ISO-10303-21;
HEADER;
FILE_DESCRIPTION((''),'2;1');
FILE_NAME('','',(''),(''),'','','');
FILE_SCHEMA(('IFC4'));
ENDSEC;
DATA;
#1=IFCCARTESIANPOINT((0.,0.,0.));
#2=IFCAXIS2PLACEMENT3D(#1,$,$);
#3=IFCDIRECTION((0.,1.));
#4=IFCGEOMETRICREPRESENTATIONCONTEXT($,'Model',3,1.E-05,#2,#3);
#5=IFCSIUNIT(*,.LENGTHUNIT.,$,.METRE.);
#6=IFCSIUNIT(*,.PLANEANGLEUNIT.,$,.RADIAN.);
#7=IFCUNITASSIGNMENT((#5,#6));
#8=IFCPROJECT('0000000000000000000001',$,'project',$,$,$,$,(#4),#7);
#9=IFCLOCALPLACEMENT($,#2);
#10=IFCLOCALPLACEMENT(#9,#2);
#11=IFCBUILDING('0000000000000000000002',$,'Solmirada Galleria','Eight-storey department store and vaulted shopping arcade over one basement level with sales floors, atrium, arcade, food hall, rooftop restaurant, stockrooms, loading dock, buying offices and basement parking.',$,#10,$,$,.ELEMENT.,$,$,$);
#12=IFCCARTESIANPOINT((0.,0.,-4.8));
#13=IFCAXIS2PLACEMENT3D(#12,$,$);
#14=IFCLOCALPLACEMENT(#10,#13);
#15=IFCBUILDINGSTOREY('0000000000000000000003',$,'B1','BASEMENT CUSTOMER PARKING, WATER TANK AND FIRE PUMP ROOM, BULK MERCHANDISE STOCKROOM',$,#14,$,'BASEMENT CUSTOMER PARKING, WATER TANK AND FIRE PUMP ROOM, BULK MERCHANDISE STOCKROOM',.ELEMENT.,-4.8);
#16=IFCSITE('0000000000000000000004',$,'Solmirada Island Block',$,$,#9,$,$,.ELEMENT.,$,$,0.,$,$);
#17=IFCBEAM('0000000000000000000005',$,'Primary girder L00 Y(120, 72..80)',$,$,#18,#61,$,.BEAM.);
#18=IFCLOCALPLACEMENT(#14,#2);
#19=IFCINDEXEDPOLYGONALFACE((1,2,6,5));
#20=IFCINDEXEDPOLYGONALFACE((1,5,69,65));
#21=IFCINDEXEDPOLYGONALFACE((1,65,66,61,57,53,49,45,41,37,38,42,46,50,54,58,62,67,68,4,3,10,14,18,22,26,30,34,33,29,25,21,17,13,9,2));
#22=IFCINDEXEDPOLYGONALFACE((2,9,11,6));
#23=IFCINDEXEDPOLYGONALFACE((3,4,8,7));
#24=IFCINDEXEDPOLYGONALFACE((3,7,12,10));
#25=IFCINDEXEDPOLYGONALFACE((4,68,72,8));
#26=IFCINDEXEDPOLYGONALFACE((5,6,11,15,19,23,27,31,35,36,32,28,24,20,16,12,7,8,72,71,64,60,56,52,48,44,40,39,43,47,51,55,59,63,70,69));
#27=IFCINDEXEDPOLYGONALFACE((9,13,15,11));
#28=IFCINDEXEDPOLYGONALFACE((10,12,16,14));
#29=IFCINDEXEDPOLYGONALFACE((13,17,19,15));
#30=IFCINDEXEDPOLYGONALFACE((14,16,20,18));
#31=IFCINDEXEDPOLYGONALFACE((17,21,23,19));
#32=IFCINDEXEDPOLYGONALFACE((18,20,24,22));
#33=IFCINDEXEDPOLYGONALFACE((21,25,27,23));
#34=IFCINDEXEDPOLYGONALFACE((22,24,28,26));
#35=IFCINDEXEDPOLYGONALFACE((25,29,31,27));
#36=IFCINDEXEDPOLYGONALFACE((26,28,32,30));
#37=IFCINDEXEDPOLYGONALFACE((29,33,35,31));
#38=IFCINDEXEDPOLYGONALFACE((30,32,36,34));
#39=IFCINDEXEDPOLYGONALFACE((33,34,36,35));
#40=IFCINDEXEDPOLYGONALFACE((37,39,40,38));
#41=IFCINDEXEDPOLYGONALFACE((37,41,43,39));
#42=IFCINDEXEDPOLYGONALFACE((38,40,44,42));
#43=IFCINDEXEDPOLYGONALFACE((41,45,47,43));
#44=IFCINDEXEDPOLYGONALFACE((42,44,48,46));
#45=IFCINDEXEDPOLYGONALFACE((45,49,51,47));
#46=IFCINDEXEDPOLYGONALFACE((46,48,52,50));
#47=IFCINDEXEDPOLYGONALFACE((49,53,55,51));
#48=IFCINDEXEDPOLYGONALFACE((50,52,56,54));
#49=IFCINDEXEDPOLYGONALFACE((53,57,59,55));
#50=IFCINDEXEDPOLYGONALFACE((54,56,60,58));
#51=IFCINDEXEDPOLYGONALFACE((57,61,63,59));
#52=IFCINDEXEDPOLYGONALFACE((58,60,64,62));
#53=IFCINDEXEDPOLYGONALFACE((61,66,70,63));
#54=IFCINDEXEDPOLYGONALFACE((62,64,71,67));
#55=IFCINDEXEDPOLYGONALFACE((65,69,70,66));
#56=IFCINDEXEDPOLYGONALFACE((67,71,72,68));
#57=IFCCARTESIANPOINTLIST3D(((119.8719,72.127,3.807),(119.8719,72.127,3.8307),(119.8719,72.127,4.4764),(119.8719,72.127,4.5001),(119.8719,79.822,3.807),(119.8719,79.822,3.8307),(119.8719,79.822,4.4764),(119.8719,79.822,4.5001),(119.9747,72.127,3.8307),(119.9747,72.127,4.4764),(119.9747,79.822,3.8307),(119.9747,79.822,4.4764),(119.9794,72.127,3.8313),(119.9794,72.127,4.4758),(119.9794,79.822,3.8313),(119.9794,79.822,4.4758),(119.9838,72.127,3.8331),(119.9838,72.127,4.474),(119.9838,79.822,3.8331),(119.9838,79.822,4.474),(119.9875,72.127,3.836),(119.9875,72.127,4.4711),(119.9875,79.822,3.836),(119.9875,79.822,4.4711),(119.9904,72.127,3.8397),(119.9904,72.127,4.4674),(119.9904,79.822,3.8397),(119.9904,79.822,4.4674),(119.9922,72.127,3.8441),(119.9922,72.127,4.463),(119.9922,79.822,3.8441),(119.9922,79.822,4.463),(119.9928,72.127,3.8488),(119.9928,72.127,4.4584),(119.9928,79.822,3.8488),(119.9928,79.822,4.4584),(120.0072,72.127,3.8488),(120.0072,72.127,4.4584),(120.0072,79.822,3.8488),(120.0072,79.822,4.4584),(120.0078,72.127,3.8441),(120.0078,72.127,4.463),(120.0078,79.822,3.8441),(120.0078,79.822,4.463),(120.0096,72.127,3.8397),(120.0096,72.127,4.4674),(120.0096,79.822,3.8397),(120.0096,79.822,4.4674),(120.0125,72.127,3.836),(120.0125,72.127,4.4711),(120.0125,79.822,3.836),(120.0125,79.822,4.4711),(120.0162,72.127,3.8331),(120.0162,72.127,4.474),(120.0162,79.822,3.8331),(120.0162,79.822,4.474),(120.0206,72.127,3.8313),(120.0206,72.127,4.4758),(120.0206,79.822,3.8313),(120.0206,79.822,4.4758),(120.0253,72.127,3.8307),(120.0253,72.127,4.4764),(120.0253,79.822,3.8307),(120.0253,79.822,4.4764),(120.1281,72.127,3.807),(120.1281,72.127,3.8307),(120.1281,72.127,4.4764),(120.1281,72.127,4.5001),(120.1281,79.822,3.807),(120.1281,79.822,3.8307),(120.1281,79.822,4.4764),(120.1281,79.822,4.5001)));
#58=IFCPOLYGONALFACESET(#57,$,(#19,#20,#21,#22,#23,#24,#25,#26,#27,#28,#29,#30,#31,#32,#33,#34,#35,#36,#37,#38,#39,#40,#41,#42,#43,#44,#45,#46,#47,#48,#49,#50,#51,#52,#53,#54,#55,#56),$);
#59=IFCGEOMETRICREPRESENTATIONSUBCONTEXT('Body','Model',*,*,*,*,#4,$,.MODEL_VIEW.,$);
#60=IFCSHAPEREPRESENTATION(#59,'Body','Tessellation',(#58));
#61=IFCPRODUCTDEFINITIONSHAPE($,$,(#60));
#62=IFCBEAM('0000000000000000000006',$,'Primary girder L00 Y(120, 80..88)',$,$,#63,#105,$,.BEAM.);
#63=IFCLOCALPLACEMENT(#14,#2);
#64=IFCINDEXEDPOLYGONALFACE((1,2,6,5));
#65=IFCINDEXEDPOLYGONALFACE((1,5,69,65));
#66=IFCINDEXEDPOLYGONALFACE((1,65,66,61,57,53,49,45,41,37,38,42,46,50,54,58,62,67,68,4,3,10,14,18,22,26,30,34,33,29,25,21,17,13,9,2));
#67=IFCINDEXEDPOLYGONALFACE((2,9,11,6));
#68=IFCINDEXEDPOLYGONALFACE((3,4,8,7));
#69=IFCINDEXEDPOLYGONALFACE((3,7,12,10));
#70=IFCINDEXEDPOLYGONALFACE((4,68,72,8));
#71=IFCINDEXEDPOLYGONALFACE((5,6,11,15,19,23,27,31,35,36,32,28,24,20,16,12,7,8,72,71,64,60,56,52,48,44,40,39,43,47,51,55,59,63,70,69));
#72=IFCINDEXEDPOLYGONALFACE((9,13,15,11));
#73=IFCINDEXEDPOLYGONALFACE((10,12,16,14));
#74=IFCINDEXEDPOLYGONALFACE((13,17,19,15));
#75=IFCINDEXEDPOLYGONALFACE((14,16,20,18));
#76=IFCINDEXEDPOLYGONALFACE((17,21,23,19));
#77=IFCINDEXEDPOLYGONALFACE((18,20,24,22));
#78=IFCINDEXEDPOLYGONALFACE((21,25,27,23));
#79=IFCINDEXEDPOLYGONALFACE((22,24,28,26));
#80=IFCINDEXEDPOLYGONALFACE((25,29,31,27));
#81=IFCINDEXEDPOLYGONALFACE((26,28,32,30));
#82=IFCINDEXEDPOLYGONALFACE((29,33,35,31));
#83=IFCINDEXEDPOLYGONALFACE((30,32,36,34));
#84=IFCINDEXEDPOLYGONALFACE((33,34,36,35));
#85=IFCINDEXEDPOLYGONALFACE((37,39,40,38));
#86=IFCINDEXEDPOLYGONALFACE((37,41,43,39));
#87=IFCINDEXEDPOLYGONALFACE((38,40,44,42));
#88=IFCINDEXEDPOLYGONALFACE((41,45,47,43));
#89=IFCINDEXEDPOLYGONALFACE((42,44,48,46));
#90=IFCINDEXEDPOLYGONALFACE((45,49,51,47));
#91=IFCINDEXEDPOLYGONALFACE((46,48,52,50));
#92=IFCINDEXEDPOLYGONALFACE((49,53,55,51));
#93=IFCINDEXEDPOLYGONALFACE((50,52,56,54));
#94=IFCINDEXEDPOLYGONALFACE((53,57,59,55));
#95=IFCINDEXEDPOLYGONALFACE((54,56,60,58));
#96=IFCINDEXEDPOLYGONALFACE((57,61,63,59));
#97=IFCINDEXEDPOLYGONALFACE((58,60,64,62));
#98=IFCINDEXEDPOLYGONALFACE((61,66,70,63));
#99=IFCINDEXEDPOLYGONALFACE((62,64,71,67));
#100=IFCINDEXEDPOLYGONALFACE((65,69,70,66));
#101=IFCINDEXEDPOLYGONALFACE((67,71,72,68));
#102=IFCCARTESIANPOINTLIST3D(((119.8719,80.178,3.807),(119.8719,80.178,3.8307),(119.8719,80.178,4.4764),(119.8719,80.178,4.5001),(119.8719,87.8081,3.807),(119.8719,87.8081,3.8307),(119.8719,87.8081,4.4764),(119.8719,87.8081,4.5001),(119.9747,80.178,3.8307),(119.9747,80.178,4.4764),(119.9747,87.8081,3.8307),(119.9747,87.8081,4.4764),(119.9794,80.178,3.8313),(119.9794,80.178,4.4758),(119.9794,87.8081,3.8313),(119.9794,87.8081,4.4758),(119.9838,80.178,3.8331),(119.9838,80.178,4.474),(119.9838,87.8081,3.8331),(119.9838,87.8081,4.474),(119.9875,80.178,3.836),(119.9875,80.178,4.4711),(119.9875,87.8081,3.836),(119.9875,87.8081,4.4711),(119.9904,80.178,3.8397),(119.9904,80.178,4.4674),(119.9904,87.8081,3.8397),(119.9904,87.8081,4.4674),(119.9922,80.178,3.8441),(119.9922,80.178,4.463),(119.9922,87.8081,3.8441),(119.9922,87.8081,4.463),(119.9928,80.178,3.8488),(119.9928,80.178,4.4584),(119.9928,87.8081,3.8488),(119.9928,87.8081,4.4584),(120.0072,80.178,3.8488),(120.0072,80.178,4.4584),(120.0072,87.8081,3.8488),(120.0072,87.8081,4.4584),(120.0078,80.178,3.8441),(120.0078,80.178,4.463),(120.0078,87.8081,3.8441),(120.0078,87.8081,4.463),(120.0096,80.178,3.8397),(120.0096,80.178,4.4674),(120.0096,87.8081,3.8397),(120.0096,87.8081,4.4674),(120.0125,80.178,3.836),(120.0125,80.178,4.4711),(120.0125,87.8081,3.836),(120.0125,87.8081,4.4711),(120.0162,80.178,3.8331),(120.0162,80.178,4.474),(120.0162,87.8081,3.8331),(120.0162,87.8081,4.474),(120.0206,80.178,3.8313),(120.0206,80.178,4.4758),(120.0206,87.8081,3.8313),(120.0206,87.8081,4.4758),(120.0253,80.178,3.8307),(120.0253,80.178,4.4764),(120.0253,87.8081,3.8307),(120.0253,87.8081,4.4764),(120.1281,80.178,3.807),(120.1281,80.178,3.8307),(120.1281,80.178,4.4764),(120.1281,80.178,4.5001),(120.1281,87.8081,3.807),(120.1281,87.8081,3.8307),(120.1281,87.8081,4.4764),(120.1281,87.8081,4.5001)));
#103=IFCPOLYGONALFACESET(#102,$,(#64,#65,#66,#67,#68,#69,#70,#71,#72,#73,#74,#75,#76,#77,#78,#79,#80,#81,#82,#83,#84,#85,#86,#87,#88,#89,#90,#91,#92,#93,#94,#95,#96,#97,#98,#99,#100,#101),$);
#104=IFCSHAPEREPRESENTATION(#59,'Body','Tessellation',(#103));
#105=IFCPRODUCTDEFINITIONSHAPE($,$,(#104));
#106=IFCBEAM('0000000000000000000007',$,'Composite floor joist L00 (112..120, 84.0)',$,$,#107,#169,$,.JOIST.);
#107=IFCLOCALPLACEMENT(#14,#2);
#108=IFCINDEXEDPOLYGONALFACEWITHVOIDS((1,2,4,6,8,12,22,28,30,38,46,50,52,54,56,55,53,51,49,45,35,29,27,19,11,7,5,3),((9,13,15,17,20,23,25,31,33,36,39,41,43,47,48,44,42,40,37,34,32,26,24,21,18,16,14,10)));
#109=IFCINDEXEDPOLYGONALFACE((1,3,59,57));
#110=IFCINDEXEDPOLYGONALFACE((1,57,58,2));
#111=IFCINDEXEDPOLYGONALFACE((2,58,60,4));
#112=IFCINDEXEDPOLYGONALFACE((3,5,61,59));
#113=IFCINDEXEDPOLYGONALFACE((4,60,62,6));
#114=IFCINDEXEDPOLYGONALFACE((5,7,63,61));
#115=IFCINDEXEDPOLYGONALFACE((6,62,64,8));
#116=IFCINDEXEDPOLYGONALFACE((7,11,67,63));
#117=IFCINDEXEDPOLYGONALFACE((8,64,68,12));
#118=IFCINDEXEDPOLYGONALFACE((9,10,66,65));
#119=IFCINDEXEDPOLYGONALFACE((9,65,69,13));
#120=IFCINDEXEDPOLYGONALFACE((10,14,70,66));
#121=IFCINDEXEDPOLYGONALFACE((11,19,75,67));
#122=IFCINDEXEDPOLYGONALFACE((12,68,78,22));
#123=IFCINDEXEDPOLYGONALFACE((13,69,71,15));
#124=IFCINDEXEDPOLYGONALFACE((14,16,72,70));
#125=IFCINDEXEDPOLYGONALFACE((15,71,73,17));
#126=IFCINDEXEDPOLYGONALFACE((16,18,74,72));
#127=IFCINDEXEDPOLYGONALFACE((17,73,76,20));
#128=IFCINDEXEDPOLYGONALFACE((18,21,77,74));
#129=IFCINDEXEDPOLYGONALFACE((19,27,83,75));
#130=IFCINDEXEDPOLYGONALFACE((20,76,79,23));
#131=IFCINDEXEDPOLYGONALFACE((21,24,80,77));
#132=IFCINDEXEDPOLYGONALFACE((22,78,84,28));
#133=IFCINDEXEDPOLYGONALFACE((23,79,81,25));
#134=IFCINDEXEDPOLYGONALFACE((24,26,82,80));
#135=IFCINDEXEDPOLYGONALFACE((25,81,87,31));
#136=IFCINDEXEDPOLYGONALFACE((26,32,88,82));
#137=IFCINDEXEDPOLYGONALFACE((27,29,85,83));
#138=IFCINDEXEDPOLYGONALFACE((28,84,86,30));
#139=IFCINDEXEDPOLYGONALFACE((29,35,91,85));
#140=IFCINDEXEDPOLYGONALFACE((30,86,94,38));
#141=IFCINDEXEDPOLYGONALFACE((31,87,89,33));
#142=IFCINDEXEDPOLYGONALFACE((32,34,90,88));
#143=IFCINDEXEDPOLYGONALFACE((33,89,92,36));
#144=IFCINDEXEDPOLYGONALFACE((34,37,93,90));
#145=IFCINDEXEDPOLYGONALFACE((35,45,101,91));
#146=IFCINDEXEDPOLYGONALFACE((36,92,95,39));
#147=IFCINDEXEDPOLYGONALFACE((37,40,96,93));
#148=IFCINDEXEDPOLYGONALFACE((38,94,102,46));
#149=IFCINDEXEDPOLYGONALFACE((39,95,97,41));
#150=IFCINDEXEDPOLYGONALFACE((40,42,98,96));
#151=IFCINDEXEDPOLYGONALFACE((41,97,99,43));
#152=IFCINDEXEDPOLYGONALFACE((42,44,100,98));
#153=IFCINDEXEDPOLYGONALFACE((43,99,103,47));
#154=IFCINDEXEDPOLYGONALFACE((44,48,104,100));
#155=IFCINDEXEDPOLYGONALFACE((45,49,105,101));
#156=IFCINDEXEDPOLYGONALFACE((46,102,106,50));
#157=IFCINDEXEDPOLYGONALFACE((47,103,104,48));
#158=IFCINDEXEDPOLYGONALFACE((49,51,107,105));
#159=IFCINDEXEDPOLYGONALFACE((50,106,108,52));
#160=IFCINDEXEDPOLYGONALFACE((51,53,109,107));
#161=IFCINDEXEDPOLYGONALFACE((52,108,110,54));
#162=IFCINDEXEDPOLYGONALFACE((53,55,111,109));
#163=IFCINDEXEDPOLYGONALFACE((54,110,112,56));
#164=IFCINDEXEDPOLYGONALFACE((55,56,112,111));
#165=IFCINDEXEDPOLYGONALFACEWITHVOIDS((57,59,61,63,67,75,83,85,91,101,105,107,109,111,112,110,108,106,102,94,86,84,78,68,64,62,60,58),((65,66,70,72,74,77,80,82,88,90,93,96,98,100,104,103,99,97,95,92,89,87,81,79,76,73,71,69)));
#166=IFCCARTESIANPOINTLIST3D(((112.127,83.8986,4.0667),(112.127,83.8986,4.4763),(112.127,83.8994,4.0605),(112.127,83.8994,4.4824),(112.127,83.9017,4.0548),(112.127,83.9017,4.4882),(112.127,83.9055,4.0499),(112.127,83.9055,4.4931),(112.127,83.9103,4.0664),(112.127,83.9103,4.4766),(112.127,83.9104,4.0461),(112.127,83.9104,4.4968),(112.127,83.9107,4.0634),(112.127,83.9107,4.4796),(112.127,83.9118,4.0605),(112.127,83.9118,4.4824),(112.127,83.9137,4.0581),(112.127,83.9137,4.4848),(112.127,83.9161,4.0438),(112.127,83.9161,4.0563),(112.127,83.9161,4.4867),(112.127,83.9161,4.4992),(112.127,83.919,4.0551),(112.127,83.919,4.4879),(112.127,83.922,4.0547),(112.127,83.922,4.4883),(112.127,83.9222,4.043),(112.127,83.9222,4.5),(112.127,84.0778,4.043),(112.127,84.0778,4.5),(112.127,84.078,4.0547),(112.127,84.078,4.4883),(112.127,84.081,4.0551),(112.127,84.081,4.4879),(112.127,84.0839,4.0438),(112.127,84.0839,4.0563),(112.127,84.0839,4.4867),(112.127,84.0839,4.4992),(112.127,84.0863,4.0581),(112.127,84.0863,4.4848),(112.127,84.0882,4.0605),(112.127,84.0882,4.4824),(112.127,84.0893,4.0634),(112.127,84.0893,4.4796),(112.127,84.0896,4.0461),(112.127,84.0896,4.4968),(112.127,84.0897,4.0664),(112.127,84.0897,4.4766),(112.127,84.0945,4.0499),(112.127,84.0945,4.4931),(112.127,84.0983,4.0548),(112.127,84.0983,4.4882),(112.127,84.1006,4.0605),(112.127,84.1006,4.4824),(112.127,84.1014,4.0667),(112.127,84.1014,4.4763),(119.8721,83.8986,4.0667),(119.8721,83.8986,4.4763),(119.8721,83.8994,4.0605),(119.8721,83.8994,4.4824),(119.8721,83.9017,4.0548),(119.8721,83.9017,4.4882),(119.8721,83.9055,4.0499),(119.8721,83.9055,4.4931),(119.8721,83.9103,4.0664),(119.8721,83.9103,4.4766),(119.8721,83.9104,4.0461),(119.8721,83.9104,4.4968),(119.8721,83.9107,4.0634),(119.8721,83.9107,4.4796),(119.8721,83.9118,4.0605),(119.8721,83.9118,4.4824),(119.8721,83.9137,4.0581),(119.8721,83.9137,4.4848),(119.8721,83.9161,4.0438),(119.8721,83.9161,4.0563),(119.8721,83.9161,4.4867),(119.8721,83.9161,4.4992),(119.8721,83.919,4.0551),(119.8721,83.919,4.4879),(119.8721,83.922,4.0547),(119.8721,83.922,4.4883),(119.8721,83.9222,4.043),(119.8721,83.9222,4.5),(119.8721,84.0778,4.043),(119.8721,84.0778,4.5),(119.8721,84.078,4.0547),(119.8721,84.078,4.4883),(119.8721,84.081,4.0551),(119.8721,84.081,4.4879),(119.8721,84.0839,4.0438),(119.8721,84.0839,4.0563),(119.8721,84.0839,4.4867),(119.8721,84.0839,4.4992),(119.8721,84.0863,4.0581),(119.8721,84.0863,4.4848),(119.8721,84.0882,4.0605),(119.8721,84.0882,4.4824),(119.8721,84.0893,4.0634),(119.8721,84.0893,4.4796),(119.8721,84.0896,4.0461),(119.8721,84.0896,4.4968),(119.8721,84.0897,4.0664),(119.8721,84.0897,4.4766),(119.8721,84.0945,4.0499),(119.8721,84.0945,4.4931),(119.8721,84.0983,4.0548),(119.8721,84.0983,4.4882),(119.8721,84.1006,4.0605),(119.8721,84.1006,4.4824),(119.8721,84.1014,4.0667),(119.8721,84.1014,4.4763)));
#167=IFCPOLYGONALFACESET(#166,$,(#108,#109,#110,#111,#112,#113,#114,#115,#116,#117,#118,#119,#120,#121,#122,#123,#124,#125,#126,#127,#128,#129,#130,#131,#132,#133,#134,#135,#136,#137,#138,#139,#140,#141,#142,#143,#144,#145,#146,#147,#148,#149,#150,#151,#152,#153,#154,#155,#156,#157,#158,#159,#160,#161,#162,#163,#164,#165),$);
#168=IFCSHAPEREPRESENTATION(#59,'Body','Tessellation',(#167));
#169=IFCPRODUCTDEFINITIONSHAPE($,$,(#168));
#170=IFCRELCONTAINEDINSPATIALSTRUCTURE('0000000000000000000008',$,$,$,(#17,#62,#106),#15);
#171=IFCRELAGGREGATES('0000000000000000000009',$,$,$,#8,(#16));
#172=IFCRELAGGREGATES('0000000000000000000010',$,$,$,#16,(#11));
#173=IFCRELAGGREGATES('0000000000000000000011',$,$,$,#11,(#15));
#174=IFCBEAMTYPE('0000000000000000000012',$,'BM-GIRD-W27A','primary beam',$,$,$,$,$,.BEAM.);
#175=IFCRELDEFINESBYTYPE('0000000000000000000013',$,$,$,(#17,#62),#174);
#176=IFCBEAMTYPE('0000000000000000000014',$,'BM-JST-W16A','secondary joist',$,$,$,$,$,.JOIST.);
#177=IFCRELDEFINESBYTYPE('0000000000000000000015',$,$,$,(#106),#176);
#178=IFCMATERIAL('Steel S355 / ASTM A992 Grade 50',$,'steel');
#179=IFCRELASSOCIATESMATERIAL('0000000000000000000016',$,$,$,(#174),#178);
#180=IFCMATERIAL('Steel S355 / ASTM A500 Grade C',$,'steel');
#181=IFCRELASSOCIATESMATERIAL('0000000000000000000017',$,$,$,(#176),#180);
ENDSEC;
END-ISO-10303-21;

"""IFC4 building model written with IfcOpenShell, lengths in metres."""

from ifc_helpers import new_model, si_unit, direction, frame, origin, origin_2d, place, context, subcontext, project, spatial, hollow_rectangle, i_section, extrude, material, material_profile, profile_set, type_object, element, save


model = new_model("IFC4")

# Units and contexts
model_context = context("Model", 3, precision=1e-05, world=origin(), true_north=direction((0.0, 1.0)))
body_context = subcontext(model_context, "Body", "Model", "MODEL_VIEW")
ifc_project = project(units=[si_unit("LENGTHUNIT", "METRE"), si_unit("PLANEANGLEUNIT", "RADIAN")], contexts=[model_context])

# Site, building, storey
site_placement = place(None, origin())
site = spatial("IfcSite", under=ifc_project, at=site_placement, Name="Solmirada Island Block", CompositionType="ELEMENT", RefElevation=0.0)
building_placement = place(site_placement, origin())
building = spatial("IfcBuilding", under=site, at=building_placement, Name="Solmirada Galleria", Description="Eight-storey department store and vaulted shopping arcade over one basement level with sales floors, atrium, arcade, food hall, rooftop restaurant, stockrooms, loading dock, buying offices and basement parking.", CompositionType="ELEMENT")
storey_placement = place(building_placement, frame((0.0, 0.0, -4.8)))
storey = spatial("IfcBuildingStorey", under=building, at=storey_placement, Name="B1", Description="BASEMENT CUSTOMER PARKING, WATER TANK AND FIRE PUMP ROOM, BULK MERCHANDISE STOCKROOM", LongName="BASEMENT CUSTOMER PARKING, WATER TANK AND FIRE PUMP ROOM, BULK MERCHANDISE STOCKROOM", CompositionType="ELEMENT", Elevation=-4.8)

# Shared definitions
ifc_material_1 = material(Name="Steel S355 / ASTM A500 Grade C", Category="steel")

# Beams
ifc_material_2 = material(Name="Steel S355 / ASTM A992 Grade 50", Category="steel")
ifc_material_profile_1 = material_profile(ifc_material_2, i_section(OverallWidth=0.2561, OverallDepth=0.6931, WebThickness=0.0144, FlangeThickness=0.0237, FilletRadius=0.0181, at=origin_2d()), Name="W27X114")
ifc_profile_set_1 = profile_set([ifc_material_profile_1], Name="Steel S355 / ASTM A992 Grade 50")
beam_type_1 = type_object("IfcBeamType", Name="BM-GIRD-W27A", Description="primary beam", PredefinedType="BEAM", material=ifc_profile_set_1)
beam_1_placement = place(storey_placement, frame((120.0, 72.127, 4.1536), z_axis=(0.0, 1.0, 0.0), x_axis=(-1.0, 0.0, 0.0)))
element("IfcBeam", 1, at=beam_1_placement, inside=storey, type_object=beam_type_1, Name="Primary girder L00 Y(120, 72..80)", PredefinedType="BEAM", context=body_context, shape_type="SweptSolid", body=[
    extrude(i_section(OverallWidth=0.2561, OverallDepth=0.6931, WebThickness=0.0144, FlangeThickness=0.0237, FilletRadius=0.0181, at=origin_2d()), origin(), (0.0, 0.0, 1.0), 7.6951),
])
beam_2_placement = place(storey_placement, frame((120.0, 80.178, 4.1536), z_axis=(0.0, 1.0, 0.0), x_axis=(-1.0, 0.0, 0.0)))
element("IfcBeam", 2, at=beam_2_placement, inside=storey, type_object=beam_type_1, Name="Primary girder L00 Y(120, 80..88)", PredefinedType="BEAM", context=body_context, shape_type="SweptSolid", body=[
    extrude(i_section(OverallWidth=0.2561, OverallDepth=0.6931, WebThickness=0.0144, FlangeThickness=0.0237, FilletRadius=0.0181, at=origin_2d()), origin(), (0.0, 0.0, 1.0), 7.6301),
])
ifc_material_profile_2 = material_profile(ifc_material_1, hollow_rectangle(XDim=0.2029, YDim=0.457, WallThickness=0.0117, InnerFilletRadius=0.0117, OuterFilletRadius=0.0237, at=origin_2d()), Name="HSS18X8X1/2")
ifc_profile_set_2 = profile_set([ifc_material_profile_2], Name="Steel S355 / ASTM A500 Grade C")
beam_type_2 = type_object("IfcBeamType", Name="BM-JST-W16A", Description="secondary joist", PredefinedType="JOIST", material=ifc_profile_set_2)
for number, where, z_axis, x_axis, name in (
    (3, (112.127, 84.0, 4.2715), (1.0, 0.0, 0.0), (0.0, 1.0, 0.0), "Composite floor joist L00 (112..120, 84.0)"),
):
    element("IfcBeam", number, at=place(storey_placement, frame(where, z_axis=z_axis, x_axis=x_axis)), inside=storey, type_object=beam_type_2, Name=name, PredefinedType="JOIST", context=body_context, shape_type="SweptSolid", body=[
        extrude(hollow_rectangle(XDim=0.2029, YDim=0.457, WallThickness=0.0117, InnerFilletRadius=0.0117, OuterFilletRadius=0.0237, at=origin_2d()), origin(), (0.0, 0.0, 1.0), 7.7451),
    ])

save(model, "model.ifc")
